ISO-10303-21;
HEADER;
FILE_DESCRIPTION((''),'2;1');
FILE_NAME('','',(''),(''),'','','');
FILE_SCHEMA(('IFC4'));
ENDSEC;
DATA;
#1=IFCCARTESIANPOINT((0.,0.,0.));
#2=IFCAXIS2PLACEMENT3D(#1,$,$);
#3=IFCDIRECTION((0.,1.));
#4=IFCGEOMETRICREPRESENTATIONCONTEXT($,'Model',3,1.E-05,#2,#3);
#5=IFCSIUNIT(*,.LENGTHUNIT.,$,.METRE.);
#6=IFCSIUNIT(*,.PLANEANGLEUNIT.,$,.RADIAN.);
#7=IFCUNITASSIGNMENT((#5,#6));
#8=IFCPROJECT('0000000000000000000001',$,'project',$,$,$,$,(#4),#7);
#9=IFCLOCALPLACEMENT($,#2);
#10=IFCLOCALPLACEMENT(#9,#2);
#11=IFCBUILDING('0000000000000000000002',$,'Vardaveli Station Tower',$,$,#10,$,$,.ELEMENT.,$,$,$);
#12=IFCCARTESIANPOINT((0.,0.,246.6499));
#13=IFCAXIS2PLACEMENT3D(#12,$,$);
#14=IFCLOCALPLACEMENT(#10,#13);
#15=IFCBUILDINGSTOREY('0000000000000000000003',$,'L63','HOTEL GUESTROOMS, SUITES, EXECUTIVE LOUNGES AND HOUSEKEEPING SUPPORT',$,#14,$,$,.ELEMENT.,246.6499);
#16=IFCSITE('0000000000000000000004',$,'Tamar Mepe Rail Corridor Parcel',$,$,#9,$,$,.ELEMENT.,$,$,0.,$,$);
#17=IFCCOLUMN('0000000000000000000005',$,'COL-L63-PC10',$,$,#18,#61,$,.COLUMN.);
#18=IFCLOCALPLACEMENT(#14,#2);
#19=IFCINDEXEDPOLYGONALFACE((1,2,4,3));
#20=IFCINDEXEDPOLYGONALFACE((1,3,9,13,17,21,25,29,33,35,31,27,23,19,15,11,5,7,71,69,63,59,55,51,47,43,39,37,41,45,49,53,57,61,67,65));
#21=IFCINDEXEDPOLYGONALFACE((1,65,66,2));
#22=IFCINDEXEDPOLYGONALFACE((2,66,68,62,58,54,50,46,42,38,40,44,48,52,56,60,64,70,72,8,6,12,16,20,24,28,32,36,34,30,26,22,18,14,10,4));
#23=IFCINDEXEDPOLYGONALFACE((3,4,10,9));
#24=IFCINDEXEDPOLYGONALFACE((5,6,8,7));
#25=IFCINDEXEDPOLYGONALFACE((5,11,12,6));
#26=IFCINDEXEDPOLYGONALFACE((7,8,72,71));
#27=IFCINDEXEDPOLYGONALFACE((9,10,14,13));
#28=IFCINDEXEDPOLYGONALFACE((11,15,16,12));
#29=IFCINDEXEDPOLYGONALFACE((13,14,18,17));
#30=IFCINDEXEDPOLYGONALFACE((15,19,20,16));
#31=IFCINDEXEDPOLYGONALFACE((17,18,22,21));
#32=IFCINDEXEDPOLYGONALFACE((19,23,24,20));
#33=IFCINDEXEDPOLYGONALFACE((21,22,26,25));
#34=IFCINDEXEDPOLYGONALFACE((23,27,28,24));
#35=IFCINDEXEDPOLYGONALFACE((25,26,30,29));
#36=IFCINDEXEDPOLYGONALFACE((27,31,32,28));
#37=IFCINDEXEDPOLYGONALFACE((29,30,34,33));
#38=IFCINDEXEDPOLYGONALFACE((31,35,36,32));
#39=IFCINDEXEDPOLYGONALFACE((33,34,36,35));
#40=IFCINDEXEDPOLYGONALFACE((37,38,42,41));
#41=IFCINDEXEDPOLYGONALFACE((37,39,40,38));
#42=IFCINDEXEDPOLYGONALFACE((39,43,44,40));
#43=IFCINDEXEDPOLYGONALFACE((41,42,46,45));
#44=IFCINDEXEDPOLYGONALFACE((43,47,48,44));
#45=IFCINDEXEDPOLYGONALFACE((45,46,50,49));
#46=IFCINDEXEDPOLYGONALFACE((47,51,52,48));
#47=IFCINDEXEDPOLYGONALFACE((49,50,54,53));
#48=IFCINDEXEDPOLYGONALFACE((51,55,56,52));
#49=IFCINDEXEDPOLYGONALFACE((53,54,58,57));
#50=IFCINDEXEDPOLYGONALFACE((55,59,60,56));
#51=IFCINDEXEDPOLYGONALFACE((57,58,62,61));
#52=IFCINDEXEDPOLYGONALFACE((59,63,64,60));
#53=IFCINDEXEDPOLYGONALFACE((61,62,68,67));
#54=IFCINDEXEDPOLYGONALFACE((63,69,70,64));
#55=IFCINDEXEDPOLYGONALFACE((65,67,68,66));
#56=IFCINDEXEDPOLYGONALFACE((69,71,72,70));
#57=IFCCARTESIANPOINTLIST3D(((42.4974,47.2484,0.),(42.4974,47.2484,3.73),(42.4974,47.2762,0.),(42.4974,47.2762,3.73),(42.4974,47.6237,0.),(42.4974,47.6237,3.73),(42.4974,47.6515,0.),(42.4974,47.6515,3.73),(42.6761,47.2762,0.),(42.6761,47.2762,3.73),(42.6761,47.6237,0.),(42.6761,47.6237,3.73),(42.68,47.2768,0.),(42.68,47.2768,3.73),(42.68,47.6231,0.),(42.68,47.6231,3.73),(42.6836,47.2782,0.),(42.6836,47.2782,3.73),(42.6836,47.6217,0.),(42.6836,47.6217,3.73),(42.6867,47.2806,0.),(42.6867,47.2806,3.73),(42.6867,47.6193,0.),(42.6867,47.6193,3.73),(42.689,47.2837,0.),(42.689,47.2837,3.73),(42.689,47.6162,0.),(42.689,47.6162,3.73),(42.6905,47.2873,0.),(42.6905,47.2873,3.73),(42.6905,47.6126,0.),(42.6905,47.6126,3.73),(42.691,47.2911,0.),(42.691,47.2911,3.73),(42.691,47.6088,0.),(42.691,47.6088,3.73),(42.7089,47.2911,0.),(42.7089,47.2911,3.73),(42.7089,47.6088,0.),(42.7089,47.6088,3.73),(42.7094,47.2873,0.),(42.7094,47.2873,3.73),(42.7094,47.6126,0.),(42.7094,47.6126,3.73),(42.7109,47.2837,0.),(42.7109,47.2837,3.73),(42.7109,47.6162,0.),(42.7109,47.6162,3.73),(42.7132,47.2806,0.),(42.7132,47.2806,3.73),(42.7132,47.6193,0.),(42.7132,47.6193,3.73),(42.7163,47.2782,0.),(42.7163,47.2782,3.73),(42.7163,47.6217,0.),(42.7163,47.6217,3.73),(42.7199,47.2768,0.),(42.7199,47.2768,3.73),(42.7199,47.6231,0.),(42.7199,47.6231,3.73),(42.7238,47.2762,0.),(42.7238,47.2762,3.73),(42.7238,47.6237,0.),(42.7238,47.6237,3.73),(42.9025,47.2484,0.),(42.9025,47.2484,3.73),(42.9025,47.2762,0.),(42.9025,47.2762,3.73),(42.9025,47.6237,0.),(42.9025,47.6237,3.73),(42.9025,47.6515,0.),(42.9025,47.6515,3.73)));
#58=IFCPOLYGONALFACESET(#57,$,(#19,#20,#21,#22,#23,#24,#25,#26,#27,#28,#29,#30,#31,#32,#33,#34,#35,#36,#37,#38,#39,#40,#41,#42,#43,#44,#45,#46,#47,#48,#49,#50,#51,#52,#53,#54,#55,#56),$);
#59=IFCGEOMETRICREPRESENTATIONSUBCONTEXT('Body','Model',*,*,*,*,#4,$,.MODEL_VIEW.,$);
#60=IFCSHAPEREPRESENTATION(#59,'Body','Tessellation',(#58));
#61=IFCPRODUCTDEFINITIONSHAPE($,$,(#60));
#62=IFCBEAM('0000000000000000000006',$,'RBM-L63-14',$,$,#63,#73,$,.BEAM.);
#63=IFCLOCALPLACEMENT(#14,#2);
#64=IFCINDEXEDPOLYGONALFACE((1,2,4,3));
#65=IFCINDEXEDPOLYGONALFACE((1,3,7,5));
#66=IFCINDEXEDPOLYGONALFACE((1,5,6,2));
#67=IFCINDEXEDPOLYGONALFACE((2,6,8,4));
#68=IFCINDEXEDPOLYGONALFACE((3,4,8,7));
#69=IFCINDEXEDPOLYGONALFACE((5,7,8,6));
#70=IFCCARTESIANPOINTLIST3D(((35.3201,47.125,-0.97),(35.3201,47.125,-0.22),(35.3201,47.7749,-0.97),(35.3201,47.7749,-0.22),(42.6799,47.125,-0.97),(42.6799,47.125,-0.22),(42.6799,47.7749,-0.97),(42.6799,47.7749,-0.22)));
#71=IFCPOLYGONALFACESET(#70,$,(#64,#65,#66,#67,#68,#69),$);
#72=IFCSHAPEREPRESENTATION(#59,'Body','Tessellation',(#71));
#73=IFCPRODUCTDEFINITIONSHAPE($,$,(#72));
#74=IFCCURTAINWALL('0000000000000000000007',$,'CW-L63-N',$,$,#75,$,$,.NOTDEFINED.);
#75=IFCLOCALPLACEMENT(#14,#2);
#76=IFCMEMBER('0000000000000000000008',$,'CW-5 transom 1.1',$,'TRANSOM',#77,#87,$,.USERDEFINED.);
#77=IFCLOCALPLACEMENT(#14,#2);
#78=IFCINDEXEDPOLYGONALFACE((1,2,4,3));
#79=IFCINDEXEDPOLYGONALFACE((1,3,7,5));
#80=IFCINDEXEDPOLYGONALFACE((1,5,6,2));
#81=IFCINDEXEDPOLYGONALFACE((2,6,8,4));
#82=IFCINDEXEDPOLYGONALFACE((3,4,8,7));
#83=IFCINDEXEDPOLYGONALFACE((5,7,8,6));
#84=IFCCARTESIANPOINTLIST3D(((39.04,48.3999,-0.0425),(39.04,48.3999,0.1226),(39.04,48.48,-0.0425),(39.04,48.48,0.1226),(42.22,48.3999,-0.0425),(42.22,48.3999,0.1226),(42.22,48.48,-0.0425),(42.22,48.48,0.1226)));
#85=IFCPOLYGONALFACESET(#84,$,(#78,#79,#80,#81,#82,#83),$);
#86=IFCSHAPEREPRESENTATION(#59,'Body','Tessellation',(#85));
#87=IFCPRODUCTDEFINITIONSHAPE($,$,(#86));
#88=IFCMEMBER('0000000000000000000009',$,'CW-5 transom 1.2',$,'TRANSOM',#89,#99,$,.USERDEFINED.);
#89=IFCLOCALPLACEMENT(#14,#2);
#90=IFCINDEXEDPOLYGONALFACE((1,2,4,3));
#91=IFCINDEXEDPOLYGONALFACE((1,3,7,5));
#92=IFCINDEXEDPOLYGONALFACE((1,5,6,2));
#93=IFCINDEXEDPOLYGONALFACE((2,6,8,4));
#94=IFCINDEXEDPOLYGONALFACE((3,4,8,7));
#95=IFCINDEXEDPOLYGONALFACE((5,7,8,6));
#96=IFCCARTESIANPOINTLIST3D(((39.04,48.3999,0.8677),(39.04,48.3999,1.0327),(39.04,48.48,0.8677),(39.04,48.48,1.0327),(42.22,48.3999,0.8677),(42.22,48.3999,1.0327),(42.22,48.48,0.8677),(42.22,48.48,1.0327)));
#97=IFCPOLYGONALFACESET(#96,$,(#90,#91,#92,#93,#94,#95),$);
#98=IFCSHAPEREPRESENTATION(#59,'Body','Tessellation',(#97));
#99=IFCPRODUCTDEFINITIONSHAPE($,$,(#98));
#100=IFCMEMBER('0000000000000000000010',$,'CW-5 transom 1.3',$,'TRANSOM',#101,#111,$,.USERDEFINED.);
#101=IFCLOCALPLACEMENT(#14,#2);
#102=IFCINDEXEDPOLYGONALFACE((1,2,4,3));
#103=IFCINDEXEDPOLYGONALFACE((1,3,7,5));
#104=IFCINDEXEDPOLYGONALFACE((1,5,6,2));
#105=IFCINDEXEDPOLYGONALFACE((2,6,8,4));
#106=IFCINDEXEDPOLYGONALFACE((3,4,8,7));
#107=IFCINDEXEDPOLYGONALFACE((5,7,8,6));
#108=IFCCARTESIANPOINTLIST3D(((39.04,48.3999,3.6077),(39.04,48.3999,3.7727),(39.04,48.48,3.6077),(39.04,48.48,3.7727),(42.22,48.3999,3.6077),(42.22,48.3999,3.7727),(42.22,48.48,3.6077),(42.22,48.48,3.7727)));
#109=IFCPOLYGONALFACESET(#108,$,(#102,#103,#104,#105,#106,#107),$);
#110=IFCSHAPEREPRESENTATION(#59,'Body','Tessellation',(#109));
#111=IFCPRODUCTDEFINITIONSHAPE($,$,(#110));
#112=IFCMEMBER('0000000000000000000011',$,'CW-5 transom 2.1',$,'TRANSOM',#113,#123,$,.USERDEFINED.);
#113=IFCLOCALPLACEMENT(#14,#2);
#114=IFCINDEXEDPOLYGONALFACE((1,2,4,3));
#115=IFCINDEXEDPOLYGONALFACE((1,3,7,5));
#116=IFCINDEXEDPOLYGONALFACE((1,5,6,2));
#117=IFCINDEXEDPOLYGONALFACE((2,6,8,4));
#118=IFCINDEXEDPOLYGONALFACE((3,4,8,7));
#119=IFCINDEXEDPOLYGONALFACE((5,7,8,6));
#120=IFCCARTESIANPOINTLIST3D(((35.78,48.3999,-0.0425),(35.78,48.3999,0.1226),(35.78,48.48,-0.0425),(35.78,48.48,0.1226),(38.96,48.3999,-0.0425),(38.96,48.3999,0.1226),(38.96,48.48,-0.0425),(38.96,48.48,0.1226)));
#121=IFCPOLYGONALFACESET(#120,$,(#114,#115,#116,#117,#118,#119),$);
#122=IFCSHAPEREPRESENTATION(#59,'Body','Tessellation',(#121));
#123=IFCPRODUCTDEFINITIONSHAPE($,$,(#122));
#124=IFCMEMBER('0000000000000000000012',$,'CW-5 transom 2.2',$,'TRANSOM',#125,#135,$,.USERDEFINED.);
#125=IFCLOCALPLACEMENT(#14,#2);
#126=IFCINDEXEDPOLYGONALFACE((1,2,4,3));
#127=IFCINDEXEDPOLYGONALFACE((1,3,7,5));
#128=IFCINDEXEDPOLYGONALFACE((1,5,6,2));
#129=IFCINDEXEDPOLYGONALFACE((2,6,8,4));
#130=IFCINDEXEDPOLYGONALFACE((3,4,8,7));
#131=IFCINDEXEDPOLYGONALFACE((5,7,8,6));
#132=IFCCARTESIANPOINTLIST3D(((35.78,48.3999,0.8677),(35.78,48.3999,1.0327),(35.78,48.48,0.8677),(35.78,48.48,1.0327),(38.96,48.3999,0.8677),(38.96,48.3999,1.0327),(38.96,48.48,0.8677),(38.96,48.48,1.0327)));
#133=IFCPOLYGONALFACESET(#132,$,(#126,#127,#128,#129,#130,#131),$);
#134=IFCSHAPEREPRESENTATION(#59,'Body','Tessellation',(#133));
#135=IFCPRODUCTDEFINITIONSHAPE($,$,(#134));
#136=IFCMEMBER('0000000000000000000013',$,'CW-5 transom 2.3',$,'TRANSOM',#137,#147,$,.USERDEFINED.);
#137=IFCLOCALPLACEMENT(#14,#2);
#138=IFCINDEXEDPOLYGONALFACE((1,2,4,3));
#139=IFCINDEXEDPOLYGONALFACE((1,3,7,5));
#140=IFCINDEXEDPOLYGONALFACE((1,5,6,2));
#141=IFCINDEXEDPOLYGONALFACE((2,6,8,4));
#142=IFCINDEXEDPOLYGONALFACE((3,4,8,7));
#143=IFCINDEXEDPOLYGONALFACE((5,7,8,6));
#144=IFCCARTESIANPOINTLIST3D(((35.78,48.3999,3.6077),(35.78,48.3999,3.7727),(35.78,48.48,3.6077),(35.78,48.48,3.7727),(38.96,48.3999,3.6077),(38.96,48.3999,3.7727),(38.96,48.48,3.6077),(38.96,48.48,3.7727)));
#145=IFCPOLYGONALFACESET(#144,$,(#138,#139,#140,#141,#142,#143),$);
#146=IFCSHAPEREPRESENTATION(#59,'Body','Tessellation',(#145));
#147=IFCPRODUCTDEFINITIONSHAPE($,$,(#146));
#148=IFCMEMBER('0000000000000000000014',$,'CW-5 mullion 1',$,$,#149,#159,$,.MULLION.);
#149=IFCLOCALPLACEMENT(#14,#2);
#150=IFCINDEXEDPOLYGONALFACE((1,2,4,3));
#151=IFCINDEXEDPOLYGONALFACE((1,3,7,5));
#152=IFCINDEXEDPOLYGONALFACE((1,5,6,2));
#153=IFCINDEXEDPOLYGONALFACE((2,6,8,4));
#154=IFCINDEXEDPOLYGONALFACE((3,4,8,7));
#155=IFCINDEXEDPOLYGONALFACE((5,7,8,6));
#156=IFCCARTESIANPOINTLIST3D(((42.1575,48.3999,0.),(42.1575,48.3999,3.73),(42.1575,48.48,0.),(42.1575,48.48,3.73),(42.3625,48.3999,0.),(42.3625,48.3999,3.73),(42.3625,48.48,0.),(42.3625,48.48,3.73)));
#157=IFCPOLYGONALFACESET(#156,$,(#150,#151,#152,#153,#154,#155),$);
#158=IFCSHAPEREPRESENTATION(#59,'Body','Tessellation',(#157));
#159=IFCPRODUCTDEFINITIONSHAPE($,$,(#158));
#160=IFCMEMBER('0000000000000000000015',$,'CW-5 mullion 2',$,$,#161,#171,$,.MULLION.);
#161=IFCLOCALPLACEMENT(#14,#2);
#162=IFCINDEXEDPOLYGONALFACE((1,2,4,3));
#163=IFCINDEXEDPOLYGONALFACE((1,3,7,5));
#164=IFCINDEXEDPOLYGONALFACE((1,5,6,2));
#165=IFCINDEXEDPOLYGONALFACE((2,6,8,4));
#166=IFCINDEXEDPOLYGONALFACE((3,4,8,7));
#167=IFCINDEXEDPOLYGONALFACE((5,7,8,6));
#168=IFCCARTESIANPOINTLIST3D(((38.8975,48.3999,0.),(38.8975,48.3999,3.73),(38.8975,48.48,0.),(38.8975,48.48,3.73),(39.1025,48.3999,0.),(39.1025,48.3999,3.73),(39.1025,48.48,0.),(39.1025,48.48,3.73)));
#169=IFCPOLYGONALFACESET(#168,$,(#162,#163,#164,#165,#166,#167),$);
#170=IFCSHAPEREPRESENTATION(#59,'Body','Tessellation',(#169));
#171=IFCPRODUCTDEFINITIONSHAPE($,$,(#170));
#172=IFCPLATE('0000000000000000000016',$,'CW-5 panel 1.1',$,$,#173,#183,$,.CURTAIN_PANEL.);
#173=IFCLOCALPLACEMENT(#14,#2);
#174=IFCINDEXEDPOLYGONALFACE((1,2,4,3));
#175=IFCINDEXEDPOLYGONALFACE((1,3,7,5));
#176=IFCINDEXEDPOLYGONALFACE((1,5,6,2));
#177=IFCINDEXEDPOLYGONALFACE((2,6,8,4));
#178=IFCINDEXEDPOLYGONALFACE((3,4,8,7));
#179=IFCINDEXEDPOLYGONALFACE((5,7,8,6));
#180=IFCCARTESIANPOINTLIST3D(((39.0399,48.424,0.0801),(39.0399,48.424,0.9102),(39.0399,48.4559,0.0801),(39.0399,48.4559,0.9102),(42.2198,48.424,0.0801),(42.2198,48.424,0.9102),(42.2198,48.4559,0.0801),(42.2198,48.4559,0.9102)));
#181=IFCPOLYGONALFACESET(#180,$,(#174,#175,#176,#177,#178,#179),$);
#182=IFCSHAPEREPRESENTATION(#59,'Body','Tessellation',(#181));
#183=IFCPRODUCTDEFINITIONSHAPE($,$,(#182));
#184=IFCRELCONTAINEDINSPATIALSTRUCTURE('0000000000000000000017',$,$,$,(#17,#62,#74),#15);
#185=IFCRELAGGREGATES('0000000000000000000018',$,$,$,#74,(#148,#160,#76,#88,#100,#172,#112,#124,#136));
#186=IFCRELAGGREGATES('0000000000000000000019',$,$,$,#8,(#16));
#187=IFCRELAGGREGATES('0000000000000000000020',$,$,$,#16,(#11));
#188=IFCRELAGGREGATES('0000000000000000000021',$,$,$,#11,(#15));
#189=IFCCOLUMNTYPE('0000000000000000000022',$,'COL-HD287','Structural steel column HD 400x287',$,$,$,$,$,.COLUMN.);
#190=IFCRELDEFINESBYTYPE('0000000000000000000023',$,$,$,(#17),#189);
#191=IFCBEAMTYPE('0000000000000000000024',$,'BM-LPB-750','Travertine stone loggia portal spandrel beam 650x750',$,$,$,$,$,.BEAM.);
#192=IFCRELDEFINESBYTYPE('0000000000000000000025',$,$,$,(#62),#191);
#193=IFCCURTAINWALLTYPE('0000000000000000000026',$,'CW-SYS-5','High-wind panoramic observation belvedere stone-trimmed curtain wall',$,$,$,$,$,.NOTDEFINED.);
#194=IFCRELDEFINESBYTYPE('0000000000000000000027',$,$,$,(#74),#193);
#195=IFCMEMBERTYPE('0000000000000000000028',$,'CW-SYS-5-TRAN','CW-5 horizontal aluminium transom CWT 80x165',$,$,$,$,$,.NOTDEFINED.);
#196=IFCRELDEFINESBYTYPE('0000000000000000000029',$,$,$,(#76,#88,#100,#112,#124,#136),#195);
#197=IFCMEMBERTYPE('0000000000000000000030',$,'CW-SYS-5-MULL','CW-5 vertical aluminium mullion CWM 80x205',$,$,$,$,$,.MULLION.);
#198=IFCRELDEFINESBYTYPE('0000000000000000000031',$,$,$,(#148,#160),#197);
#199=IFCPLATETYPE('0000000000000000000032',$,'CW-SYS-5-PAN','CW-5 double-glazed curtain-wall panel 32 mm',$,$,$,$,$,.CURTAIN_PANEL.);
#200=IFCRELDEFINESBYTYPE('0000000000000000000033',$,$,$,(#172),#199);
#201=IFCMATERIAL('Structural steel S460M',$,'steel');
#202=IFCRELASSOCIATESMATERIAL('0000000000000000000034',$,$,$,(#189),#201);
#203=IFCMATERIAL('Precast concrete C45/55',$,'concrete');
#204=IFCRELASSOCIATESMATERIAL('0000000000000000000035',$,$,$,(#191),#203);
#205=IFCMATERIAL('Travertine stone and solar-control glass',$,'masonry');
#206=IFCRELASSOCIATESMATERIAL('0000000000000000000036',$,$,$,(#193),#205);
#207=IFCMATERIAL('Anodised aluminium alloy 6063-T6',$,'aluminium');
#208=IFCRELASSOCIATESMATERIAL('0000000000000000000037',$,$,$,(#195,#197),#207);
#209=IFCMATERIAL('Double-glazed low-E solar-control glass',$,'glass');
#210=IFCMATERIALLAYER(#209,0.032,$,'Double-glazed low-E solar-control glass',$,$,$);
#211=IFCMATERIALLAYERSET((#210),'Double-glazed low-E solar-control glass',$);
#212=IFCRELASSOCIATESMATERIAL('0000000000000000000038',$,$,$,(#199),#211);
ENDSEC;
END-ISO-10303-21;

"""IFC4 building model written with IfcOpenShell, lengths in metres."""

from ifc_helpers import new_model, si_unit, direction, frame, origin, origin_2d, place, context, subcontext, project, spatial, rectangle, i_section, extrude, source, transform, mapped, material, layer, layer_set, material_profile, profile_set, type_object, element, aggregate, save


model = new_model("IFC4")

# Units and contexts
model_context = context("Model", 3, precision=1e-05, world=origin(), true_north=direction((0.0, 1.0)))
body_context = subcontext(model_context, "Body", "Model", "MODEL_VIEW")
ifc_project = project(units=[si_unit("LENGTHUNIT", "METRE"), si_unit("PLANEANGLEUNIT", "RADIAN")], contexts=[model_context])

# Site, building, storey
site_placement = place(None, origin())
site = spatial("IfcSite", under=ifc_project, at=site_placement, Name="Tamar Mepe Rail Corridor Parcel", CompositionType="ELEMENT", RefElevation=0.0)
building_placement = place(site_placement, origin())
building = spatial("IfcBuilding", under=site, at=building_placement, Name="Vardaveli Station Tower", CompositionType="ELEMENT")
storey_placement = place(building_placement, frame((0.0, 0.0, 246.6499)))
storey = spatial("IfcBuildingStorey", under=building, at=storey_placement, Name="L63", Description="HOTEL GUESTROOMS, SUITES, EXECUTIVE LOUNGES AND HOUSEKEEPING SUPPORT", CompositionType="ELEMENT", Elevation=246.6499)

# Column
ifc_material_1 = material(Name="Structural steel S460M", Category="steel")
ifc_material_profile_1 = material_profile(ifc_material_1, i_section(OverallWidth=0.405, OverallDepth=0.4031, WebThickness=0.0178, FlangeThickness=0.0278, FilletRadius=0.0149, at=origin_2d()), Name="HD 400x287")
ifc_profile_set_1 = profile_set([ifc_material_profile_1], Name="Structural steel S460M")
column_type = type_object("IfcColumnType", Name="COL-HD287", Description="Structural steel column HD 400x287", PredefinedType="COLUMN", material=ifc_profile_set_1)
shared_shape_1 = source(origin(), body_context, "Body", "SweptSolid", [
    extrude(i_section(OverallWidth=0.405, OverallDepth=0.4031, WebThickness=0.0178, FlangeThickness=0.0278, FilletRadius=0.0149, at=origin_2d()), origin(), (0.0, 0.0, 1.0), 3.73),
])
column_placement = place(storey_placement, frame((42.7, 47.45, 0.0), z_axis=(0.0, 0.0, 1.0), x_axis=(1.0, 0.0, 0.0)))
element("IfcColumn", 1, at=column_placement, inside=storey, type_object=column_type, Name="COL-L63-PC10", PredefinedType="COLUMN", context=body_context, shape_type="MappedRepresentation", body=[
    mapped(shared_shape_1, transform((0.0, 0.0, 0.0), scale=1.0)),
])

# Beam
ifc_material_2 = material(Name="Precast concrete C45/55", Category="concrete")
ifc_material_profile_2 = material_profile(ifc_material_2, rectangle(XDim=0.6499, YDim=0.75, at=origin_2d()), Name="LPB 650x750")
ifc_profile_set_2 = profile_set([ifc_material_profile_2], Name="Precast concrete C45/55")
beam_type = type_object("IfcBeamType", Name="BM-LPB-750", Description="Travertine stone loggia portal spandrel beam 650x750", PredefinedType="BEAM", material=ifc_profile_set_2)
shared_shape_2 = source(origin(), body_context, "Body", "SweptSolid", [
    extrude(rectangle(XDim=0.6499, YDim=0.75, at=origin_2d()), origin(), (0.0, 0.0, 1.0), 7.3599),
])
beam_placement = place(storey_placement, frame((42.6799, 47.45, -0.595), z_axis=(-1.0, 0.0, 0.0), x_axis=(0.0, -1.0, 0.0)))
element("IfcBeam", 2, at=beam_placement, inside=storey, type_object=beam_type, Name="RBM-L63-14", PredefinedType="BEAM", context=body_context, shape_type="MappedRepresentation", body=[
    mapped(shared_shape_2, transform((0.0, 0.0, 0.0), scale=1.0)),
])

# Curtain wall, members, plate
ifc_material_3 = material(Name="Travertine stone and solar-control glass", Category="masonry")
curtain_wall_type = type_object("IfcCurtainWallType", Name="CW-SYS-5", Description="High-wind panoramic observation belvedere stone-trimmed curtain wall", PredefinedType="NOTDEFINED", material=ifc_material_3)
curtain_wall_placement = place(storey_placement, origin())
curtain_wall = element("IfcCurtainWall", 3, at=curtain_wall_placement, inside=storey, type_object=curtain_wall_type, Name="CW-L63-N", PredefinedType="NOTDEFINED")
ifc_material_4 = material(Name="Anodised aluminium alloy 6063-T6", Category="aluminium")
ifc_material_profile_3 = material_profile(ifc_material_4, rectangle(XDim=0.0801, YDim=0.165, at=origin_2d()), Name="CWT 80x165")
ifc_profile_set_3 = profile_set([ifc_material_profile_3], Name="Anodised aluminium alloy 6063-T6")
member_type_1 = type_object("IfcMemberType", Name="CW-SYS-5-TRAN", Description="CW-5 horizontal aluminium transom CWT 80x165", PredefinedType="NOTDEFINED", material=ifc_profile_set_3)
shared_shape_3 = source(origin(), body_context, "Body", "SweptSolid", [
    extrude(rectangle(XDim=0.0801, YDim=0.165, at=origin_2d()), origin(), (0.0, 0.0, 1.0), 3.1799),
])
member_1_placement = place(storey_placement, frame((42.22, 48.4399, 0.04), z_axis=(-1.0, 0.0, 0.0), x_axis=(0.0, -1.0, 0.0)))
member_1 = element("IfcMember", 4, at=member_1_placement, type_object=member_type_1, Name="CW-5 transom 1.1", ObjectType="TRANSOM", PredefinedType="USERDEFINED", context=body_context, shape_type="MappedRepresentation", body=[
    mapped(shared_shape_3, transform((0.0, 0.0, 0.0), scale=1.0)),
])
member_2_placement = place(storey_placement, frame((42.22, 48.4399, 0.9502), z_axis=(-1.0, 0.0, 0.0), x_axis=(0.0, -1.0, 0.0)))
member_2 = element("IfcMember", 5, at=member_2_placement, type_object=member_type_1, Name="CW-5 transom 1.2", ObjectType="TRANSOM", PredefinedType="USERDEFINED", context=body_context, shape_type="MappedRepresentation", body=[
    mapped(shared_shape_3, transform((0.0, 0.0, 0.0), scale=1.0)),
])
member_3_placement = place(storey_placement, frame((42.22, 48.4399, 3.6902), z_axis=(-1.0, 0.0, 0.0), x_axis=(0.0, -1.0, 0.0)))
member_3 = element("IfcMember", 6, at=member_3_placement, type_object=member_type_1, Name="CW-5 transom 1.3", ObjectType="TRANSOM", PredefinedType="USERDEFINED", context=body_context, shape_type="MappedRepresentation", body=[
    mapped(shared_shape_3, transform((0.0, 0.0, 0.0), scale=1.0)),
])
member_4_placement = place(storey_placement, frame((38.96, 48.4399, 0.04), z_axis=(-1.0, 0.0, 0.0), x_axis=(0.0, -1.0, 0.0)))
member_4 = element("IfcMember", 7, at=member_4_placement, type_object=member_type_1, Name="CW-5 transom 2.1", ObjectType="TRANSOM", PredefinedType="USERDEFINED", context=body_context, shape_type="MappedRepresentation", body=[
    mapped(shared_shape_3, transform((0.0, 0.0, 0.0), scale=1.0)),
])
member_5_placement = place(storey_placement, frame((38.96, 48.4399, 0.9502), z_axis=(-1.0, 0.0, 0.0), x_axis=(0.0, -1.0, 0.0)))
member_5 = element("IfcMember", 8, at=member_5_placement, type_object=member_type_1, Name="CW-5 transom 2.2", ObjectType="TRANSOM", PredefinedType="USERDEFINED", context=body_context, shape_type="MappedRepresentation", body=[
    mapped(shared_shape_3, transform((0.0, 0.0, 0.0), scale=1.0)),
])
member_6_placement = place(storey_placement, frame((38.96, 48.4399, 3.6902), z_axis=(-1.0, 0.0, 0.0), x_axis=(0.0, -1.0, 0.0)))
member_6 = element("IfcMember", 9, at=member_6_placement, type_object=member_type_1, Name="CW-5 transom 2.3", ObjectType="TRANSOM", PredefinedType="USERDEFINED", context=body_context, shape_type="MappedRepresentation", body=[
    mapped(shared_shape_3, transform((0.0, 0.0, 0.0), scale=1.0)),
])
ifc_material_profile_4 = material_profile(ifc_material_4, rectangle(XDim=0.0801, YDim=0.2051, at=origin_2d()), Name="CWM 80x205")
ifc_profile_set_4 = profile_set([ifc_material_profile_4], Name="Anodised aluminium alloy 6063-T6")
member_type_2 = type_object("IfcMemberType", Name="CW-SYS-5-MULL", Description="CW-5 vertical aluminium mullion CWM 80x205", PredefinedType="MULLION", material=ifc_profile_set_4)
shared_shape_4 = source(origin(), body_context, "Body", "SweptSolid", [
    extrude(rectangle(XDim=0.0801, YDim=0.2051, at=origin_2d()), origin(), (0.0, 0.0, 1.0), 3.73),
])
member_7_placement = place(storey_placement, frame((42.26, 48.4399, 0.0), z_axis=(0.0, 0.0, 1.0), x_axis=(0.0, -1.0, 0.0)))
member_7 = element("IfcMember", 10, at=member_7_placement, type_object=member_type_2, Name="CW-5 mullion 1", PredefinedType="MULLION", context=body_context, shape_type="MappedRepresentation", body=[
    mapped(shared_shape_4, transform((0.0, 0.0, 0.0), scale=1.0)),
])
member_8_placement = place(storey_placement, frame((39.0, 48.4399, 0.0), z_axis=(0.0, 0.0, 1.0), x_axis=(0.0, -1.0, 0.0)))
member_8 = element("IfcMember", 11, at=member_8_placement, type_object=member_type_2, Name="CW-5 mullion 2", PredefinedType="MULLION", context=body_context, shape_type="MappedRepresentation", body=[
    mapped(shared_shape_4, transform((0.0, 0.0, 0.0), scale=1.0)),
])
ifc_material_5 = material(Name="Double-glazed low-E solar-control glass", Category="glass")
ifc_layer_1 = layer(ifc_material_5, 0.032, Name="Double-glazed low-E solar-control glass")
ifc_layer_set_1 = layer_set([ifc_layer_1], Name="Double-glazed low-E solar-control glass")
plate_type = type_object("IfcPlateType", Name="CW-SYS-5-PAN", Description="CW-5 double-glazed curtain-wall panel 32 mm", PredefinedType="CURTAIN_PANEL", material=ifc_layer_set_1)
shared_shape_5 = source(origin(), body_context, "Body", "SweptSolid", [
    extrude(rectangle(XDim=3.1799, YDim=0.032, at=origin_2d()), origin(), (0.0, 0.0, 1.0), 0.8301),
])
plate_1_placement = place(storey_placement, frame((40.6299, 48.4399, 0.0801), z_axis=(0.0, 0.0, 1.0), x_axis=(-1.0, 0.0, 0.0)))
plate_1 = element("IfcPlate", 12, at=plate_1_placement, type_object=plate_type, Name="CW-5 panel 1.1", PredefinedType="CURTAIN_PANEL", context=body_context, shape_type="MappedRepresentation", body=[
    mapped(shared_shape_5, transform((0.0, 0.0, 0.0), scale=1.0)),
])
aggregate(curtain_wall, [member_7, member_8, member_1, member_2, member_3, plate_1, member_4, member_5, member_6])

save(model, "model.ifc")
